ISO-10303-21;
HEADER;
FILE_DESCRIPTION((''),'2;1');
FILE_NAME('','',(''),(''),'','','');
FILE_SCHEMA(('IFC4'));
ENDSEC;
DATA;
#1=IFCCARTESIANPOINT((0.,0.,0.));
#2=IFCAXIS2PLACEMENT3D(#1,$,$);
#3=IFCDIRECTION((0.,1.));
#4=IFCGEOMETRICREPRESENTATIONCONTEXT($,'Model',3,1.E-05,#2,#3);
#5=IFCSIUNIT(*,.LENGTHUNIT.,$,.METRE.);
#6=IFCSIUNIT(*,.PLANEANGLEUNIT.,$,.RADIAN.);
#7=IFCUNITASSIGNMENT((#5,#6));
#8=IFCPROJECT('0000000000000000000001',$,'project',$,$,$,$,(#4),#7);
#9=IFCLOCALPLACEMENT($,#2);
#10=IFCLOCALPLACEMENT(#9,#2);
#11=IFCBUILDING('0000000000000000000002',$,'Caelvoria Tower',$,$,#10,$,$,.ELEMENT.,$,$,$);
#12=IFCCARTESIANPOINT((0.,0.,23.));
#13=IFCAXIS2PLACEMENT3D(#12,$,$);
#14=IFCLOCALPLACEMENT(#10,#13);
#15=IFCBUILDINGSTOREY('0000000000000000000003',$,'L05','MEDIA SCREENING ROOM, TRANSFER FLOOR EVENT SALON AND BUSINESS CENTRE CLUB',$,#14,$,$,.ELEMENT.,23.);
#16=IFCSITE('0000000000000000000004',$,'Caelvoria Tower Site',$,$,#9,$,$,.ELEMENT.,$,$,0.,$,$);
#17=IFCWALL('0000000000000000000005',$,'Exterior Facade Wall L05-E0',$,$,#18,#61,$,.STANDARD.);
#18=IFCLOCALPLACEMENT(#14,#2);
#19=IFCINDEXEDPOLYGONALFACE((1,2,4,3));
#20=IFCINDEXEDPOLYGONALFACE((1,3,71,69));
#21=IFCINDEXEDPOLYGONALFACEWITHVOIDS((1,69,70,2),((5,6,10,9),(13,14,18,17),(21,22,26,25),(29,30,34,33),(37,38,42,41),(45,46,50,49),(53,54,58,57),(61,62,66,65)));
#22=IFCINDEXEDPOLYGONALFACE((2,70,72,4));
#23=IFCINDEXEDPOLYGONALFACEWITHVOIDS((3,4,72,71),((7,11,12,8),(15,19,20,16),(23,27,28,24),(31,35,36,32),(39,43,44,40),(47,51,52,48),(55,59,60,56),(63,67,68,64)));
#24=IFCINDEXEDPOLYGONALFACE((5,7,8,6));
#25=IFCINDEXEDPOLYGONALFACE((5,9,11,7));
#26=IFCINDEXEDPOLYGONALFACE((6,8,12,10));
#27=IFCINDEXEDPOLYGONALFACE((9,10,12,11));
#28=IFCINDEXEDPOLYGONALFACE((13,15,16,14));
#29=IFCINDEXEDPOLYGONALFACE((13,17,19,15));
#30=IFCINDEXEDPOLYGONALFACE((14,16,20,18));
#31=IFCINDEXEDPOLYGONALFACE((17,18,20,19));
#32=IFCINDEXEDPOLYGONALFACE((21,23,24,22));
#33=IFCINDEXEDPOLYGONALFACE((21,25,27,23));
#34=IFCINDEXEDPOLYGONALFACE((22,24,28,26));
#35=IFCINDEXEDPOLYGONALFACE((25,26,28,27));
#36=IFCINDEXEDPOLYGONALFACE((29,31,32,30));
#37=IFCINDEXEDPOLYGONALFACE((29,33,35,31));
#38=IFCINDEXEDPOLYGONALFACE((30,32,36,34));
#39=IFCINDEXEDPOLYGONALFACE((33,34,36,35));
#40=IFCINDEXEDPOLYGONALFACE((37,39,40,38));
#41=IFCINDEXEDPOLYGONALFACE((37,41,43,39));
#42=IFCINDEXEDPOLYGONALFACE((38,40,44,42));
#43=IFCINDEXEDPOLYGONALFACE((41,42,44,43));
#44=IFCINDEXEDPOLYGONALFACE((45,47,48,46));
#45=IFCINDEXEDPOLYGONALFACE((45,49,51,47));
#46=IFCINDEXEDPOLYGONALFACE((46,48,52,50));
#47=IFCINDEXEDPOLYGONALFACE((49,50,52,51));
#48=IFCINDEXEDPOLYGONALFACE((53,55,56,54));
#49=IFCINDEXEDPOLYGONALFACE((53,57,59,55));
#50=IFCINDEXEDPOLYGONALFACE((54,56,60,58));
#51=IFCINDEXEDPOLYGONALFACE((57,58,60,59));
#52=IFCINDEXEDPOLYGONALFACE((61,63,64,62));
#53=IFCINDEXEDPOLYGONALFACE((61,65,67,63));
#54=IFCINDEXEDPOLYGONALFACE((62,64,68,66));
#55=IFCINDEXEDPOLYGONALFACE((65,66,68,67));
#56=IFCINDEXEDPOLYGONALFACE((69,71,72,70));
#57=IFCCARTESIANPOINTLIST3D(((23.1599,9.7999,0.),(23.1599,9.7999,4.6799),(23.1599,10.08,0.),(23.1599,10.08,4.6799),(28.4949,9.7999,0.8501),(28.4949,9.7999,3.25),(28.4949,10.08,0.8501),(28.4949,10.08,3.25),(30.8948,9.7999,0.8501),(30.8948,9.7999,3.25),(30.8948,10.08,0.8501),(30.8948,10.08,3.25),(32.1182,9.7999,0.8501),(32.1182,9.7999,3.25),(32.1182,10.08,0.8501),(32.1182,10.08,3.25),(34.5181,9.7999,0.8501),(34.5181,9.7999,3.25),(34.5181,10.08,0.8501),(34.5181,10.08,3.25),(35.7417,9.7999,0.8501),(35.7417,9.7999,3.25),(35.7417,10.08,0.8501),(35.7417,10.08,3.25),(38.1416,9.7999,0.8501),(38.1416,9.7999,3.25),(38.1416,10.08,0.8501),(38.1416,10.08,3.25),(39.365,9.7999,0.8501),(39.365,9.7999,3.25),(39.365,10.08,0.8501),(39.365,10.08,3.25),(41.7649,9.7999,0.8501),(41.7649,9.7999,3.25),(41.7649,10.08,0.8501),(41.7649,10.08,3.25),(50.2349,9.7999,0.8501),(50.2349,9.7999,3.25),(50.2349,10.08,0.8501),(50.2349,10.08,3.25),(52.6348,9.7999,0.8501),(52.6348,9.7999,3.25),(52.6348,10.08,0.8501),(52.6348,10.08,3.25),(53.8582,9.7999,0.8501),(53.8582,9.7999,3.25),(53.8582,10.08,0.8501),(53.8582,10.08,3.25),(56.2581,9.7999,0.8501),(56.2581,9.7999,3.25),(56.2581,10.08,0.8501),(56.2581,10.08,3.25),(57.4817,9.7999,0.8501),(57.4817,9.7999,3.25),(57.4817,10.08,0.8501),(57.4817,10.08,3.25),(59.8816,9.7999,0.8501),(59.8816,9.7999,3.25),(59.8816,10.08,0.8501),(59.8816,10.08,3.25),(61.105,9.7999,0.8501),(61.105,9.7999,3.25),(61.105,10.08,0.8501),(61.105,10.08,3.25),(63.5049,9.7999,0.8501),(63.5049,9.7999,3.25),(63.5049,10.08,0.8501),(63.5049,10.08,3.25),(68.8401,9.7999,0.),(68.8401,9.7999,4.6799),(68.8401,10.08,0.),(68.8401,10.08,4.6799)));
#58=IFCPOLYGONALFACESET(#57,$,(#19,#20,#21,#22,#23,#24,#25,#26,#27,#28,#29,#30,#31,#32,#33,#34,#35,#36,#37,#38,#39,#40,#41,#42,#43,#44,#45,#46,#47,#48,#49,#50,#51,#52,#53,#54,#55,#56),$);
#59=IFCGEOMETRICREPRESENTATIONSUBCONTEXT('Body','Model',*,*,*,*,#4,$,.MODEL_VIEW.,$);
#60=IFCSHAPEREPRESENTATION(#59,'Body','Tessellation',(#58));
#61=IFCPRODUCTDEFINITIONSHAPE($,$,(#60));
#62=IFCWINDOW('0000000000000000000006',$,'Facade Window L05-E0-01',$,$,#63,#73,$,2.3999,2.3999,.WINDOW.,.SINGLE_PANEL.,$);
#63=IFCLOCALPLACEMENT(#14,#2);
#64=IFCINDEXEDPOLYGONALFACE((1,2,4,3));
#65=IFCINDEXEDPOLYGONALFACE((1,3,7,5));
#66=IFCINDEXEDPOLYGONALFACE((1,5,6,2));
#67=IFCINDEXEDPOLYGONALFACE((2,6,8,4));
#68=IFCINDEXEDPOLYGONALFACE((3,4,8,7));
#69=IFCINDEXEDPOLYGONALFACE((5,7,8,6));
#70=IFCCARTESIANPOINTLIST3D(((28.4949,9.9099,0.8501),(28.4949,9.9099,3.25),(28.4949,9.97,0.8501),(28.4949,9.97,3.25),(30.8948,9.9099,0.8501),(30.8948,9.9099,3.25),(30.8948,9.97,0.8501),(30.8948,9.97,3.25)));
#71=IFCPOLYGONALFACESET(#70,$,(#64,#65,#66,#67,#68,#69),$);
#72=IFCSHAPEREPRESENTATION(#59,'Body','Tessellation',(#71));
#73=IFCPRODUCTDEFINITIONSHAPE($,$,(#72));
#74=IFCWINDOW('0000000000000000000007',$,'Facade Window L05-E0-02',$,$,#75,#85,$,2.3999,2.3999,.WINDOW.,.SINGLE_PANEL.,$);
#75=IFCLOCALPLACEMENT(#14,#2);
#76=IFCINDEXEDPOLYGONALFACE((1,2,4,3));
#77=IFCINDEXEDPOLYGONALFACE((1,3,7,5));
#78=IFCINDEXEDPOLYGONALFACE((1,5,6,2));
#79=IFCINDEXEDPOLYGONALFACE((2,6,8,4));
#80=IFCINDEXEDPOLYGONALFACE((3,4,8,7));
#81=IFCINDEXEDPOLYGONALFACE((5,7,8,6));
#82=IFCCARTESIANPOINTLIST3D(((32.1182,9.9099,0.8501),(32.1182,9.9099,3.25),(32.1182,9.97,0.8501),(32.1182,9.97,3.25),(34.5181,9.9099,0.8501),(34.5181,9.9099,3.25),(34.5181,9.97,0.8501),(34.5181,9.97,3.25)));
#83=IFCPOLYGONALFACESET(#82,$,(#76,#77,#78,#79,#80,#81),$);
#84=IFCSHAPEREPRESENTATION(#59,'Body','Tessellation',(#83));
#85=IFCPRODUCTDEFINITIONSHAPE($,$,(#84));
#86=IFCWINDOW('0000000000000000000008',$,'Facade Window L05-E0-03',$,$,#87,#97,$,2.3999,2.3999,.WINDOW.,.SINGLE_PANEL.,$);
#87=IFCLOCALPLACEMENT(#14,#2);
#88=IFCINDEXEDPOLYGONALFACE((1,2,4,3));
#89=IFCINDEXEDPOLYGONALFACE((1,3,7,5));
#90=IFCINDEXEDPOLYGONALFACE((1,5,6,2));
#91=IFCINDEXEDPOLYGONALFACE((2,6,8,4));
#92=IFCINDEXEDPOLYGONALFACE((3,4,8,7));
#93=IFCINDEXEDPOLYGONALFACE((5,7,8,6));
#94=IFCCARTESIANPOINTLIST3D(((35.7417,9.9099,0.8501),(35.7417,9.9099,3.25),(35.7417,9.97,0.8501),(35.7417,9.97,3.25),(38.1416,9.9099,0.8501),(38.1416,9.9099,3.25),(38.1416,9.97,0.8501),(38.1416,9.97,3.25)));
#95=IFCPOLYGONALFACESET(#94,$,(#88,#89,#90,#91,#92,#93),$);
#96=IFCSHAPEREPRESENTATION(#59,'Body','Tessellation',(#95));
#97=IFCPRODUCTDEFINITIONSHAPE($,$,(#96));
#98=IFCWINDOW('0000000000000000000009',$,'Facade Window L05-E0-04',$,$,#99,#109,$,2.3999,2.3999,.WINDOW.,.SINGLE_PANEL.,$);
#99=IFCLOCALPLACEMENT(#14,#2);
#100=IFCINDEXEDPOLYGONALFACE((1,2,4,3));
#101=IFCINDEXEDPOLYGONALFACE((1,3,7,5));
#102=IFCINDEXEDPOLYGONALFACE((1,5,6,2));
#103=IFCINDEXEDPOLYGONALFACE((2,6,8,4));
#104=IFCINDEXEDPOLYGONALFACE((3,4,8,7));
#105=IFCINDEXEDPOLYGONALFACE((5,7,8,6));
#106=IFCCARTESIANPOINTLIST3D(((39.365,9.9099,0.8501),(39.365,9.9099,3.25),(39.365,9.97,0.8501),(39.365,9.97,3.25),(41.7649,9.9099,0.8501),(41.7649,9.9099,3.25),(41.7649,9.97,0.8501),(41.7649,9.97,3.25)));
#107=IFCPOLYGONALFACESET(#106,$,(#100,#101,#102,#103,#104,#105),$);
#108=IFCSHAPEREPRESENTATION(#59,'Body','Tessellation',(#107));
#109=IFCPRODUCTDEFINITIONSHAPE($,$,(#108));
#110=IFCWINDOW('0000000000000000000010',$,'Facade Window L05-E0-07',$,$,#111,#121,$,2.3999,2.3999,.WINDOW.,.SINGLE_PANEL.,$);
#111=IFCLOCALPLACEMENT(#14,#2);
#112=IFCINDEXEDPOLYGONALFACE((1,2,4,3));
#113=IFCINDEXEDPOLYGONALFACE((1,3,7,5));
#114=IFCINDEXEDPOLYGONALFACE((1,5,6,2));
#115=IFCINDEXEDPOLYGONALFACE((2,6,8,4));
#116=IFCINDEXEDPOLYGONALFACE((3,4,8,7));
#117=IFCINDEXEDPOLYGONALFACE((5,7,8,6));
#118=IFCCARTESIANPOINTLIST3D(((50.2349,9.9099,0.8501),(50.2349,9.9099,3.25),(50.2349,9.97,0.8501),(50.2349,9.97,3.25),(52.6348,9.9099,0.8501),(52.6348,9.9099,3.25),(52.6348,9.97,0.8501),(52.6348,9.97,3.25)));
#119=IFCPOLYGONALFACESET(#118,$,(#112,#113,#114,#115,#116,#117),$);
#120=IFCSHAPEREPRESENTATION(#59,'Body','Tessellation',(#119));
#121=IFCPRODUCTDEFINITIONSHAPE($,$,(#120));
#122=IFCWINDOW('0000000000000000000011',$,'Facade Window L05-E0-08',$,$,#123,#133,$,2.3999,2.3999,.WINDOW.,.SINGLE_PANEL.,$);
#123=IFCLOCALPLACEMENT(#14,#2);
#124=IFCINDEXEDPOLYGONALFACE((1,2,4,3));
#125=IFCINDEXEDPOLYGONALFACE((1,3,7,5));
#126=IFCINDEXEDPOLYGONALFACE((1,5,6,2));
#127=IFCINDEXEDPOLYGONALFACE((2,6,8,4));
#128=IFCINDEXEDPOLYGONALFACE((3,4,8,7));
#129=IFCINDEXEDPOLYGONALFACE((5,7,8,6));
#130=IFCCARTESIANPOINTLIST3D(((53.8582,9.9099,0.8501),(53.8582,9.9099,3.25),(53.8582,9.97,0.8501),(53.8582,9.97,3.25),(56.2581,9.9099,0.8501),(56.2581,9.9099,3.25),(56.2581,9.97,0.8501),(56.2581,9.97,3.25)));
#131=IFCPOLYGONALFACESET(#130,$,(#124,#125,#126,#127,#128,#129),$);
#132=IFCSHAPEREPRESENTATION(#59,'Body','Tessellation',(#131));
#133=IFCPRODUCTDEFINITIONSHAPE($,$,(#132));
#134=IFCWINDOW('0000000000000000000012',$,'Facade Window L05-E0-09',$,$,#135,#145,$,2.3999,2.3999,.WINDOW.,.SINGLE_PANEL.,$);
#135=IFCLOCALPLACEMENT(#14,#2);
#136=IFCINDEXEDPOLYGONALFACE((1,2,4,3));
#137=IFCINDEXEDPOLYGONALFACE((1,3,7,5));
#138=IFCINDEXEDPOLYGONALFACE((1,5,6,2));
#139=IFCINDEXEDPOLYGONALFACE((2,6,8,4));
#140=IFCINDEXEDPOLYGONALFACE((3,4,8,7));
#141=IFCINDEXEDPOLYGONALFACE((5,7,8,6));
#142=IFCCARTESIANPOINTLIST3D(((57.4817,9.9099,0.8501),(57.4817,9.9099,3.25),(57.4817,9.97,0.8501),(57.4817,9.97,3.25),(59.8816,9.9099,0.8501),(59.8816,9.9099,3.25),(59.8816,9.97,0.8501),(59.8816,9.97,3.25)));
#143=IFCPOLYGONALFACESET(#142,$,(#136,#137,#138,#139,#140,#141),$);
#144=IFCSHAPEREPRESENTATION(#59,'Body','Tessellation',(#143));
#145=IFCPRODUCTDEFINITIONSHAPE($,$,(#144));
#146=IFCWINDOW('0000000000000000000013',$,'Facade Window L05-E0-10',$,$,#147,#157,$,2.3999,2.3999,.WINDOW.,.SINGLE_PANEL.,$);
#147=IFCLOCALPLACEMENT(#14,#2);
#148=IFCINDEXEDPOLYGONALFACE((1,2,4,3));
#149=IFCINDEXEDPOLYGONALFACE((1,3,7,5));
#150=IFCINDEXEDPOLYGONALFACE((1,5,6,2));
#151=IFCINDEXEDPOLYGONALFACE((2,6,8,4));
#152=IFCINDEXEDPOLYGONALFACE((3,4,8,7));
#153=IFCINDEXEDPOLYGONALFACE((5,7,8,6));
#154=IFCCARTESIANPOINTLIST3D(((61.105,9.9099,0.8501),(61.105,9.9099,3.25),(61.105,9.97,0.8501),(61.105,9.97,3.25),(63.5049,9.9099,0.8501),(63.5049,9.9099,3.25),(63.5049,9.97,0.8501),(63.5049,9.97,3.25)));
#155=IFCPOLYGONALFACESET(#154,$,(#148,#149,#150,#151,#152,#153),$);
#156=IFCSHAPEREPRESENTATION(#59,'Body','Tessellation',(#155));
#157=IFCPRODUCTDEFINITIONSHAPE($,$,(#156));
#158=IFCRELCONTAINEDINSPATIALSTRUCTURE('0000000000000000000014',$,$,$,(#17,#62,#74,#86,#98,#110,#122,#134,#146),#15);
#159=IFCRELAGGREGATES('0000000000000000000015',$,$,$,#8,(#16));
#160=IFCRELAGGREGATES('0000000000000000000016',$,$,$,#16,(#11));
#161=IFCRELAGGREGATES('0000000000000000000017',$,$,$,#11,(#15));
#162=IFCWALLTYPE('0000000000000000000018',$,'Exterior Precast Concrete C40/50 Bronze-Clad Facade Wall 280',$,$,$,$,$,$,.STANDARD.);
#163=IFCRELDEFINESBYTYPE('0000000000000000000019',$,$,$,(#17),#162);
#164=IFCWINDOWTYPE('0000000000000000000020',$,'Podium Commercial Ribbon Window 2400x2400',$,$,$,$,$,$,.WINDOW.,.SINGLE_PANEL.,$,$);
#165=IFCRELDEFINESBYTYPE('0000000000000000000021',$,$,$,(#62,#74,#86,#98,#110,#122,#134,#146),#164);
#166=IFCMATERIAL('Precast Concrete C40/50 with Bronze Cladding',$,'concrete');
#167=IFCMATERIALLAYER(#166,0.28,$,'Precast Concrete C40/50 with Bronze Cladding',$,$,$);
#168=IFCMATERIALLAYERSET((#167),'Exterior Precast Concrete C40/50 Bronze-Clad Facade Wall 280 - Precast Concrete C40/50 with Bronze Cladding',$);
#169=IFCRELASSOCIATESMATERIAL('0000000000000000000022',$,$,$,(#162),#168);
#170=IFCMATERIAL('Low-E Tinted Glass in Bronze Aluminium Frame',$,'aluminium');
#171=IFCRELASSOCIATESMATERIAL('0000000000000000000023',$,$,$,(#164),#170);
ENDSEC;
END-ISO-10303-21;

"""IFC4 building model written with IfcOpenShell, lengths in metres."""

from ifc_helpers import new_model, si_unit, direction, frame, frame_2d, origin, place, context, subcontext, project, spatial, rectangle, extrude, material, layer, layer_set, type_object, element, fill, save


model = new_model("IFC4")

# Units and contexts
model_context = context("Model", 3, precision=1e-05, world=origin(), true_north=direction((0.0, 1.0)))
body_context = subcontext(model_context, "Body", "Model", "MODEL_VIEW")
ifc_project = project(units=[si_unit("LENGTHUNIT", "METRE"), si_unit("PLANEANGLEUNIT", "RADIAN")], contexts=[model_context])

# Site, building, storey
site_placement = place(None, origin())
site = spatial("IfcSite", under=ifc_project, at=site_placement, Name="Caelvoria Tower Site", CompositionType="ELEMENT", RefElevation=0.0)
building_placement = place(site_placement, origin())
building = spatial("IfcBuilding", under=site, at=building_placement, Name="Caelvoria Tower", CompositionType="ELEMENT")
storey_placement = place(building_placement, frame((0.0, 0.0, 23.0)))
storey = spatial("IfcBuildingStorey", under=building, at=storey_placement, Name="L05", Description="MEDIA SCREENING ROOM, TRANSFER FLOOR EVENT SALON AND BUSINESS CENTRE CLUB", CompositionType="ELEMENT", Elevation=23.0)

# Shared definitions
ifc_material_1 = material(Name="Low-E Tinted Glass in Bronze Aluminium Frame", Category="aluminium")

# Wall, openings, windows
ifc_material_2 = material(Name="Precast Concrete C40/50 with Bronze Cladding", Category="concrete")
ifc_layer_1 = layer(ifc_material_2, 0.28, Name="Precast Concrete C40/50 with Bronze Cladding")
ifc_layer_set_1 = layer_set([ifc_layer_1], Name="Exterior Precast Concrete C40/50 Bronze-Clad Facade Wall 280 - Precast Concrete C40/50 with Bronze Cladding")
wall_type = type_object("IfcWallType", Name="Exterior Precast Concrete C40/50 Bronze-Clad Facade Wall 280", PredefinedType="STANDARD", material=ifc_layer_set_1)
wall_1_placement = place(storey_placement, frame((23.1599, 9.9399, 0.0), z_axis=(0.0, 0.0, 1.0), x_axis=(1.0, 0.0, 0.0)))
wall_1 = element("IfcWall", 1, at=wall_1_placement, inside=storey, type_object=wall_type, Name="Exterior Facade Wall L05-E0", PredefinedType="STANDARD", context=body_context, shape_type="SweptSolid", body=[
    extrude(rectangle(XDim=45.6802, YDim=0.28, at=frame_2d((22.8401, 0.0))), origin(), (0.0, 0.0, 1.0), 4.6799),
])
opening_1_placement = place(wall_1_placement, frame((5.335, 0.0, 0.8501)))
opening_1 = element("IfcOpeningElement", 2, at=opening_1_placement, cuts=wall_1, PredefinedType="OPENING", context=body_context, shape_type="SweptSolid", body=[
    extrude(rectangle(XDim=2.3999, YDim=2.3999, at=frame_2d((1.2, 1.2))), frame((0.0, 0.1499, 0.0), z_axis=(0.0, -1.0, 0.0), x_axis=(1.0, 0.0, 0.0)), (0.0, 0.0, 1.0), 0.3),
])
opening_2_placement = place(wall_1_placement, frame((8.9583, 0.0, 0.8501)))
opening_2 = element("IfcOpeningElement", 3, at=opening_2_placement, cuts=wall_1, PredefinedType="OPENING", context=body_context, shape_type="SweptSolid", body=[
    extrude(rectangle(XDim=2.3999, YDim=2.3999, at=frame_2d((1.2, 1.2))), frame((0.0, 0.1499, 0.0), z_axis=(0.0, -1.0, 0.0), x_axis=(1.0, 0.0, 0.0)), (0.0, 0.0, 1.0), 0.3),
])
opening_3_placement = place(wall_1_placement, frame((12.5818, 0.0, 0.8501)))
opening_3 = element("IfcOpeningElement", 4, at=opening_3_placement, cuts=wall_1, PredefinedType="OPENING", context=body_context, shape_type="SweptSolid", body=[
    extrude(rectangle(XDim=2.3999, YDim=2.3999, at=frame_2d((1.2, 1.2))), frame((0.0, 0.1499, 0.0), z_axis=(0.0, -1.0, 0.0), x_axis=(1.0, 0.0, 0.0)), (0.0, 0.0, 1.0), 0.3),
])
opening_4_placement = place(wall_1_placement, frame((16.2051, 0.0, 0.8501)))
opening_4 = element("IfcOpeningElement", 5, at=opening_4_placement, cuts=wall_1, PredefinedType="OPENING", context=body_context, shape_type="SweptSolid", body=[
    extrude(rectangle(XDim=2.3999, YDim=2.3999, at=frame_2d((1.2, 1.2))), frame((0.0, 0.1499, 0.0), z_axis=(0.0, -1.0, 0.0), x_axis=(1.0, 0.0, 0.0)), (0.0, 0.0, 1.0), 0.3),
])
opening_5_placement = place(wall_1_placement, frame((27.075, 0.0, 0.8501)))
opening_5 = element("IfcOpeningElement", 6, at=opening_5_placement, cuts=wall_1, PredefinedType="OPENING", context=body_context, shape_type="SweptSolid", body=[
    extrude(rectangle(XDim=2.3999, YDim=2.3999, at=frame_2d((1.2, 1.2))), frame((0.0, 0.1499, 0.0), z_axis=(0.0, -1.0, 0.0), x_axis=(1.0, 0.0, 0.0)), (0.0, 0.0, 1.0), 0.3),
])
opening_6_placement = place(wall_1_placement, frame((30.6982, 0.0, 0.8501)))
opening_6 = element("IfcOpeningElement", 7, at=opening_6_placement, cuts=wall_1, PredefinedType="OPENING", context=body_context, shape_type="SweptSolid", body=[
    extrude(rectangle(XDim=2.3999, YDim=2.3999, at=frame_2d((1.2, 1.2))), frame((0.0, 0.1499, 0.0), z_axis=(0.0, -1.0, 0.0), x_axis=(1.0, 0.0, 0.0)), (0.0, 0.0, 1.0), 0.3),
])
opening_7_placement = place(wall_1_placement, frame((34.3218, 0.0, 0.8501)))
opening_7 = element("IfcOpeningElement", 8, at=opening_7_placement, cuts=wall_1, PredefinedType="OPENING", context=body_context, shape_type="SweptSolid", body=[
    extrude(rectangle(XDim=2.3999, YDim=2.3999, at=frame_2d((1.2, 1.2))), frame((0.0, 0.1499, 0.0), z_axis=(0.0, -1.0, 0.0), x_axis=(1.0, 0.0, 0.0)), (0.0, 0.0, 1.0), 0.3),
])
opening_8_placement = place(wall_1_placement, frame((37.9451, 0.0, 0.8501)))
opening_8 = element("IfcOpeningElement", 9, at=opening_8_placement, cuts=wall_1, PredefinedType="OPENING", context=body_context, shape_type="SweptSolid", body=[
    extrude(rectangle(XDim=2.3999, YDim=2.3999, at=frame_2d((1.2, 1.2))), frame((0.0, 0.1499, 0.0), z_axis=(0.0, -1.0, 0.0), x_axis=(1.0, 0.0, 0.0)), (0.0, 0.0, 1.0), 0.3),
])
window_type_1 = type_object("IfcWindowType", Name="Podium Commercial Ribbon Window 2400x2400", PartitioningType="SINGLE_PANEL", PredefinedType="WINDOW", material=ifc_material_1)
window_1_placement = place(opening_1_placement, origin())
window_1 = element("IfcWindow", 10, at=window_1_placement, inside=storey, type_object=window_type_1, Name="Facade Window L05-E0-01", OverallHeight=2.3999, OverallWidth=2.3999, PartitioningType="SINGLE_PANEL", PredefinedType="WINDOW", context=body_context, shape_type="SweptSolid", body=[
    extrude(rectangle(XDim=2.3999, YDim=2.3999, at=frame_2d((1.2, 1.2))), frame((0.0, 0.03, 0.0), z_axis=(0.0, -1.0, 0.0), x_axis=(1.0, 0.0, 0.0)), (0.0, 0.0, 1.0), 0.0601),
])
fill(opening_1, window_1)
window_2_placement = place(opening_2_placement, origin())
window_2 = element("IfcWindow", 11, at=window_2_placement, inside=storey, type_object=window_type_1, Name="Facade Window L05-E0-02", OverallHeight=2.3999, OverallWidth=2.3999, PartitioningType="SINGLE_PANEL", PredefinedType="WINDOW", context=body_context, shape_type="SweptSolid", body=[
    extrude(rectangle(XDim=2.3999, YDim=2.3999, at=frame_2d((1.2, 1.2))), frame((0.0, 0.03, 0.0), z_axis=(0.0, -1.0, 0.0), x_axis=(1.0, 0.0, 0.0)), (0.0, 0.0, 1.0), 0.0601),
])
fill(opening_2, window_2)
window_3_placement = place(opening_3_placement, origin())
window_3 = element("IfcWindow", 12, at=window_3_placement, inside=storey, type_object=window_type_1, Name="Facade Window L05-E0-03", OverallHeight=2.3999, OverallWidth=2.3999, PartitioningType="SINGLE_PANEL", PredefinedType="WINDOW", context=body_context, shape_type="SweptSolid", body=[
    extrude(rectangle(XDim=2.3999, YDim=2.3999, at=frame_2d((1.2, 1.2))), frame((0.0, 0.03, 0.0), z_axis=(0.0, -1.0, 0.0), x_axis=(1.0, 0.0, 0.0)), (0.0, 0.0, 1.0), 0.0601),
])
fill(opening_3, window_3)
window_4_placement = place(opening_4_placement, origin())
window_4 = element("IfcWindow", 13, at=window_4_placement, inside=storey, type_object=window_type_1, Name="Facade Window L05-E0-04", OverallHeight=2.3999, OverallWidth=2.3999, PartitioningType="SINGLE_PANEL", PredefinedType="WINDOW", context=body_context, shape_type="SweptSolid", body=[
    extrude(rectangle(XDim=2.3999, YDim=2.3999, at=frame_2d((1.2, 1.2))), frame((0.0, 0.03, 0.0), z_axis=(0.0, -1.0, 0.0), x_axis=(1.0, 0.0, 0.0)), (0.0, 0.0, 1.0), 0.0601),
])
fill(opening_4, window_4)
window_5_placement = place(opening_5_placement, origin())
window_5 = element("IfcWindow", 14, at=window_5_placement, inside=storey, type_object=window_type_1, Name="Facade Window L05-E0-07", OverallHeight=2.3999, OverallWidth=2.3999, PartitioningType="SINGLE_PANEL", PredefinedType="WINDOW", context=body_context, shape_type="SweptSolid", body=[
    extrude(rectangle(XDim=2.3999, YDim=2.3999, at=frame_2d((1.2, 1.2))), frame((0.0, 0.03, 0.0), z_axis=(0.0, -1.0, 0.0), x_axis=(1.0, 0.0, 0.0)), (0.0, 0.0, 1.0), 0.0601),
])
fill(opening_5, window_5)
window_6_placement = place(opening_6_placement, origin())
window_6 = element("IfcWindow", 15, at=window_6_placement, inside=storey, type_object=window_type_1, Name="Facade Window L05-E0-08", OverallHeight=2.3999, OverallWidth=2.3999, PartitioningType="SINGLE_PANEL", PredefinedType="WINDOW", context=body_context, shape_type="SweptSolid", body=[
    extrude(rectangle(XDim=2.3999, YDim=2.3999, at=frame_2d((1.2, 1.2))), frame((0.0, 0.03, 0.0), z_axis=(0.0, -1.0, 0.0), x_axis=(1.0, 0.0, 0.0)), (0.0, 0.0, 1.0), 0.0601),
])
fill(opening_6, window_6)
window_7_placement = place(opening_7_placement, origin())
window_7 = element("IfcWindow", 16, at=window_7_placement, inside=storey, type_object=window_type_1, Name="Facade Window L05-E0-09", OverallHeight=2.3999, OverallWidth=2.3999, PartitioningType="SINGLE_PANEL", PredefinedType="WINDOW", context=body_context, shape_type="SweptSolid", body=[
    extrude(rectangle(XDim=2.3999, YDim=2.3999, at=frame_2d((1.2, 1.2))), frame((0.0, 0.03, 0.0), z_axis=(0.0, -1.0, 0.0), x_axis=(1.0, 0.0, 0.0)), (0.0, 0.0, 1.0), 0.0601),
])
fill(opening_7, window_7)
window_8_placement = place(opening_8_placement, origin())
window_8 = element("IfcWindow", 17, at=window_8_placement, inside=storey, type_object=window_type_1, Name="Facade Window L05-E0-10", OverallHeight=2.3999, OverallWidth=2.3999, PartitioningType="SINGLE_PANEL", PredefinedType="WINDOW", context=body_context, shape_type="SweptSolid", body=[
    extrude(rectangle(XDim=2.3999, YDim=2.3999, at=frame_2d((1.2, 1.2))), frame((0.0, 0.03, 0.0), z_axis=(0.0, -1.0, 0.0), x_axis=(1.0, 0.0, 0.0)), (0.0, 0.0, 1.0), 0.0601),
])
fill(opening_8, window_8)

save(model, "model.ifc")
